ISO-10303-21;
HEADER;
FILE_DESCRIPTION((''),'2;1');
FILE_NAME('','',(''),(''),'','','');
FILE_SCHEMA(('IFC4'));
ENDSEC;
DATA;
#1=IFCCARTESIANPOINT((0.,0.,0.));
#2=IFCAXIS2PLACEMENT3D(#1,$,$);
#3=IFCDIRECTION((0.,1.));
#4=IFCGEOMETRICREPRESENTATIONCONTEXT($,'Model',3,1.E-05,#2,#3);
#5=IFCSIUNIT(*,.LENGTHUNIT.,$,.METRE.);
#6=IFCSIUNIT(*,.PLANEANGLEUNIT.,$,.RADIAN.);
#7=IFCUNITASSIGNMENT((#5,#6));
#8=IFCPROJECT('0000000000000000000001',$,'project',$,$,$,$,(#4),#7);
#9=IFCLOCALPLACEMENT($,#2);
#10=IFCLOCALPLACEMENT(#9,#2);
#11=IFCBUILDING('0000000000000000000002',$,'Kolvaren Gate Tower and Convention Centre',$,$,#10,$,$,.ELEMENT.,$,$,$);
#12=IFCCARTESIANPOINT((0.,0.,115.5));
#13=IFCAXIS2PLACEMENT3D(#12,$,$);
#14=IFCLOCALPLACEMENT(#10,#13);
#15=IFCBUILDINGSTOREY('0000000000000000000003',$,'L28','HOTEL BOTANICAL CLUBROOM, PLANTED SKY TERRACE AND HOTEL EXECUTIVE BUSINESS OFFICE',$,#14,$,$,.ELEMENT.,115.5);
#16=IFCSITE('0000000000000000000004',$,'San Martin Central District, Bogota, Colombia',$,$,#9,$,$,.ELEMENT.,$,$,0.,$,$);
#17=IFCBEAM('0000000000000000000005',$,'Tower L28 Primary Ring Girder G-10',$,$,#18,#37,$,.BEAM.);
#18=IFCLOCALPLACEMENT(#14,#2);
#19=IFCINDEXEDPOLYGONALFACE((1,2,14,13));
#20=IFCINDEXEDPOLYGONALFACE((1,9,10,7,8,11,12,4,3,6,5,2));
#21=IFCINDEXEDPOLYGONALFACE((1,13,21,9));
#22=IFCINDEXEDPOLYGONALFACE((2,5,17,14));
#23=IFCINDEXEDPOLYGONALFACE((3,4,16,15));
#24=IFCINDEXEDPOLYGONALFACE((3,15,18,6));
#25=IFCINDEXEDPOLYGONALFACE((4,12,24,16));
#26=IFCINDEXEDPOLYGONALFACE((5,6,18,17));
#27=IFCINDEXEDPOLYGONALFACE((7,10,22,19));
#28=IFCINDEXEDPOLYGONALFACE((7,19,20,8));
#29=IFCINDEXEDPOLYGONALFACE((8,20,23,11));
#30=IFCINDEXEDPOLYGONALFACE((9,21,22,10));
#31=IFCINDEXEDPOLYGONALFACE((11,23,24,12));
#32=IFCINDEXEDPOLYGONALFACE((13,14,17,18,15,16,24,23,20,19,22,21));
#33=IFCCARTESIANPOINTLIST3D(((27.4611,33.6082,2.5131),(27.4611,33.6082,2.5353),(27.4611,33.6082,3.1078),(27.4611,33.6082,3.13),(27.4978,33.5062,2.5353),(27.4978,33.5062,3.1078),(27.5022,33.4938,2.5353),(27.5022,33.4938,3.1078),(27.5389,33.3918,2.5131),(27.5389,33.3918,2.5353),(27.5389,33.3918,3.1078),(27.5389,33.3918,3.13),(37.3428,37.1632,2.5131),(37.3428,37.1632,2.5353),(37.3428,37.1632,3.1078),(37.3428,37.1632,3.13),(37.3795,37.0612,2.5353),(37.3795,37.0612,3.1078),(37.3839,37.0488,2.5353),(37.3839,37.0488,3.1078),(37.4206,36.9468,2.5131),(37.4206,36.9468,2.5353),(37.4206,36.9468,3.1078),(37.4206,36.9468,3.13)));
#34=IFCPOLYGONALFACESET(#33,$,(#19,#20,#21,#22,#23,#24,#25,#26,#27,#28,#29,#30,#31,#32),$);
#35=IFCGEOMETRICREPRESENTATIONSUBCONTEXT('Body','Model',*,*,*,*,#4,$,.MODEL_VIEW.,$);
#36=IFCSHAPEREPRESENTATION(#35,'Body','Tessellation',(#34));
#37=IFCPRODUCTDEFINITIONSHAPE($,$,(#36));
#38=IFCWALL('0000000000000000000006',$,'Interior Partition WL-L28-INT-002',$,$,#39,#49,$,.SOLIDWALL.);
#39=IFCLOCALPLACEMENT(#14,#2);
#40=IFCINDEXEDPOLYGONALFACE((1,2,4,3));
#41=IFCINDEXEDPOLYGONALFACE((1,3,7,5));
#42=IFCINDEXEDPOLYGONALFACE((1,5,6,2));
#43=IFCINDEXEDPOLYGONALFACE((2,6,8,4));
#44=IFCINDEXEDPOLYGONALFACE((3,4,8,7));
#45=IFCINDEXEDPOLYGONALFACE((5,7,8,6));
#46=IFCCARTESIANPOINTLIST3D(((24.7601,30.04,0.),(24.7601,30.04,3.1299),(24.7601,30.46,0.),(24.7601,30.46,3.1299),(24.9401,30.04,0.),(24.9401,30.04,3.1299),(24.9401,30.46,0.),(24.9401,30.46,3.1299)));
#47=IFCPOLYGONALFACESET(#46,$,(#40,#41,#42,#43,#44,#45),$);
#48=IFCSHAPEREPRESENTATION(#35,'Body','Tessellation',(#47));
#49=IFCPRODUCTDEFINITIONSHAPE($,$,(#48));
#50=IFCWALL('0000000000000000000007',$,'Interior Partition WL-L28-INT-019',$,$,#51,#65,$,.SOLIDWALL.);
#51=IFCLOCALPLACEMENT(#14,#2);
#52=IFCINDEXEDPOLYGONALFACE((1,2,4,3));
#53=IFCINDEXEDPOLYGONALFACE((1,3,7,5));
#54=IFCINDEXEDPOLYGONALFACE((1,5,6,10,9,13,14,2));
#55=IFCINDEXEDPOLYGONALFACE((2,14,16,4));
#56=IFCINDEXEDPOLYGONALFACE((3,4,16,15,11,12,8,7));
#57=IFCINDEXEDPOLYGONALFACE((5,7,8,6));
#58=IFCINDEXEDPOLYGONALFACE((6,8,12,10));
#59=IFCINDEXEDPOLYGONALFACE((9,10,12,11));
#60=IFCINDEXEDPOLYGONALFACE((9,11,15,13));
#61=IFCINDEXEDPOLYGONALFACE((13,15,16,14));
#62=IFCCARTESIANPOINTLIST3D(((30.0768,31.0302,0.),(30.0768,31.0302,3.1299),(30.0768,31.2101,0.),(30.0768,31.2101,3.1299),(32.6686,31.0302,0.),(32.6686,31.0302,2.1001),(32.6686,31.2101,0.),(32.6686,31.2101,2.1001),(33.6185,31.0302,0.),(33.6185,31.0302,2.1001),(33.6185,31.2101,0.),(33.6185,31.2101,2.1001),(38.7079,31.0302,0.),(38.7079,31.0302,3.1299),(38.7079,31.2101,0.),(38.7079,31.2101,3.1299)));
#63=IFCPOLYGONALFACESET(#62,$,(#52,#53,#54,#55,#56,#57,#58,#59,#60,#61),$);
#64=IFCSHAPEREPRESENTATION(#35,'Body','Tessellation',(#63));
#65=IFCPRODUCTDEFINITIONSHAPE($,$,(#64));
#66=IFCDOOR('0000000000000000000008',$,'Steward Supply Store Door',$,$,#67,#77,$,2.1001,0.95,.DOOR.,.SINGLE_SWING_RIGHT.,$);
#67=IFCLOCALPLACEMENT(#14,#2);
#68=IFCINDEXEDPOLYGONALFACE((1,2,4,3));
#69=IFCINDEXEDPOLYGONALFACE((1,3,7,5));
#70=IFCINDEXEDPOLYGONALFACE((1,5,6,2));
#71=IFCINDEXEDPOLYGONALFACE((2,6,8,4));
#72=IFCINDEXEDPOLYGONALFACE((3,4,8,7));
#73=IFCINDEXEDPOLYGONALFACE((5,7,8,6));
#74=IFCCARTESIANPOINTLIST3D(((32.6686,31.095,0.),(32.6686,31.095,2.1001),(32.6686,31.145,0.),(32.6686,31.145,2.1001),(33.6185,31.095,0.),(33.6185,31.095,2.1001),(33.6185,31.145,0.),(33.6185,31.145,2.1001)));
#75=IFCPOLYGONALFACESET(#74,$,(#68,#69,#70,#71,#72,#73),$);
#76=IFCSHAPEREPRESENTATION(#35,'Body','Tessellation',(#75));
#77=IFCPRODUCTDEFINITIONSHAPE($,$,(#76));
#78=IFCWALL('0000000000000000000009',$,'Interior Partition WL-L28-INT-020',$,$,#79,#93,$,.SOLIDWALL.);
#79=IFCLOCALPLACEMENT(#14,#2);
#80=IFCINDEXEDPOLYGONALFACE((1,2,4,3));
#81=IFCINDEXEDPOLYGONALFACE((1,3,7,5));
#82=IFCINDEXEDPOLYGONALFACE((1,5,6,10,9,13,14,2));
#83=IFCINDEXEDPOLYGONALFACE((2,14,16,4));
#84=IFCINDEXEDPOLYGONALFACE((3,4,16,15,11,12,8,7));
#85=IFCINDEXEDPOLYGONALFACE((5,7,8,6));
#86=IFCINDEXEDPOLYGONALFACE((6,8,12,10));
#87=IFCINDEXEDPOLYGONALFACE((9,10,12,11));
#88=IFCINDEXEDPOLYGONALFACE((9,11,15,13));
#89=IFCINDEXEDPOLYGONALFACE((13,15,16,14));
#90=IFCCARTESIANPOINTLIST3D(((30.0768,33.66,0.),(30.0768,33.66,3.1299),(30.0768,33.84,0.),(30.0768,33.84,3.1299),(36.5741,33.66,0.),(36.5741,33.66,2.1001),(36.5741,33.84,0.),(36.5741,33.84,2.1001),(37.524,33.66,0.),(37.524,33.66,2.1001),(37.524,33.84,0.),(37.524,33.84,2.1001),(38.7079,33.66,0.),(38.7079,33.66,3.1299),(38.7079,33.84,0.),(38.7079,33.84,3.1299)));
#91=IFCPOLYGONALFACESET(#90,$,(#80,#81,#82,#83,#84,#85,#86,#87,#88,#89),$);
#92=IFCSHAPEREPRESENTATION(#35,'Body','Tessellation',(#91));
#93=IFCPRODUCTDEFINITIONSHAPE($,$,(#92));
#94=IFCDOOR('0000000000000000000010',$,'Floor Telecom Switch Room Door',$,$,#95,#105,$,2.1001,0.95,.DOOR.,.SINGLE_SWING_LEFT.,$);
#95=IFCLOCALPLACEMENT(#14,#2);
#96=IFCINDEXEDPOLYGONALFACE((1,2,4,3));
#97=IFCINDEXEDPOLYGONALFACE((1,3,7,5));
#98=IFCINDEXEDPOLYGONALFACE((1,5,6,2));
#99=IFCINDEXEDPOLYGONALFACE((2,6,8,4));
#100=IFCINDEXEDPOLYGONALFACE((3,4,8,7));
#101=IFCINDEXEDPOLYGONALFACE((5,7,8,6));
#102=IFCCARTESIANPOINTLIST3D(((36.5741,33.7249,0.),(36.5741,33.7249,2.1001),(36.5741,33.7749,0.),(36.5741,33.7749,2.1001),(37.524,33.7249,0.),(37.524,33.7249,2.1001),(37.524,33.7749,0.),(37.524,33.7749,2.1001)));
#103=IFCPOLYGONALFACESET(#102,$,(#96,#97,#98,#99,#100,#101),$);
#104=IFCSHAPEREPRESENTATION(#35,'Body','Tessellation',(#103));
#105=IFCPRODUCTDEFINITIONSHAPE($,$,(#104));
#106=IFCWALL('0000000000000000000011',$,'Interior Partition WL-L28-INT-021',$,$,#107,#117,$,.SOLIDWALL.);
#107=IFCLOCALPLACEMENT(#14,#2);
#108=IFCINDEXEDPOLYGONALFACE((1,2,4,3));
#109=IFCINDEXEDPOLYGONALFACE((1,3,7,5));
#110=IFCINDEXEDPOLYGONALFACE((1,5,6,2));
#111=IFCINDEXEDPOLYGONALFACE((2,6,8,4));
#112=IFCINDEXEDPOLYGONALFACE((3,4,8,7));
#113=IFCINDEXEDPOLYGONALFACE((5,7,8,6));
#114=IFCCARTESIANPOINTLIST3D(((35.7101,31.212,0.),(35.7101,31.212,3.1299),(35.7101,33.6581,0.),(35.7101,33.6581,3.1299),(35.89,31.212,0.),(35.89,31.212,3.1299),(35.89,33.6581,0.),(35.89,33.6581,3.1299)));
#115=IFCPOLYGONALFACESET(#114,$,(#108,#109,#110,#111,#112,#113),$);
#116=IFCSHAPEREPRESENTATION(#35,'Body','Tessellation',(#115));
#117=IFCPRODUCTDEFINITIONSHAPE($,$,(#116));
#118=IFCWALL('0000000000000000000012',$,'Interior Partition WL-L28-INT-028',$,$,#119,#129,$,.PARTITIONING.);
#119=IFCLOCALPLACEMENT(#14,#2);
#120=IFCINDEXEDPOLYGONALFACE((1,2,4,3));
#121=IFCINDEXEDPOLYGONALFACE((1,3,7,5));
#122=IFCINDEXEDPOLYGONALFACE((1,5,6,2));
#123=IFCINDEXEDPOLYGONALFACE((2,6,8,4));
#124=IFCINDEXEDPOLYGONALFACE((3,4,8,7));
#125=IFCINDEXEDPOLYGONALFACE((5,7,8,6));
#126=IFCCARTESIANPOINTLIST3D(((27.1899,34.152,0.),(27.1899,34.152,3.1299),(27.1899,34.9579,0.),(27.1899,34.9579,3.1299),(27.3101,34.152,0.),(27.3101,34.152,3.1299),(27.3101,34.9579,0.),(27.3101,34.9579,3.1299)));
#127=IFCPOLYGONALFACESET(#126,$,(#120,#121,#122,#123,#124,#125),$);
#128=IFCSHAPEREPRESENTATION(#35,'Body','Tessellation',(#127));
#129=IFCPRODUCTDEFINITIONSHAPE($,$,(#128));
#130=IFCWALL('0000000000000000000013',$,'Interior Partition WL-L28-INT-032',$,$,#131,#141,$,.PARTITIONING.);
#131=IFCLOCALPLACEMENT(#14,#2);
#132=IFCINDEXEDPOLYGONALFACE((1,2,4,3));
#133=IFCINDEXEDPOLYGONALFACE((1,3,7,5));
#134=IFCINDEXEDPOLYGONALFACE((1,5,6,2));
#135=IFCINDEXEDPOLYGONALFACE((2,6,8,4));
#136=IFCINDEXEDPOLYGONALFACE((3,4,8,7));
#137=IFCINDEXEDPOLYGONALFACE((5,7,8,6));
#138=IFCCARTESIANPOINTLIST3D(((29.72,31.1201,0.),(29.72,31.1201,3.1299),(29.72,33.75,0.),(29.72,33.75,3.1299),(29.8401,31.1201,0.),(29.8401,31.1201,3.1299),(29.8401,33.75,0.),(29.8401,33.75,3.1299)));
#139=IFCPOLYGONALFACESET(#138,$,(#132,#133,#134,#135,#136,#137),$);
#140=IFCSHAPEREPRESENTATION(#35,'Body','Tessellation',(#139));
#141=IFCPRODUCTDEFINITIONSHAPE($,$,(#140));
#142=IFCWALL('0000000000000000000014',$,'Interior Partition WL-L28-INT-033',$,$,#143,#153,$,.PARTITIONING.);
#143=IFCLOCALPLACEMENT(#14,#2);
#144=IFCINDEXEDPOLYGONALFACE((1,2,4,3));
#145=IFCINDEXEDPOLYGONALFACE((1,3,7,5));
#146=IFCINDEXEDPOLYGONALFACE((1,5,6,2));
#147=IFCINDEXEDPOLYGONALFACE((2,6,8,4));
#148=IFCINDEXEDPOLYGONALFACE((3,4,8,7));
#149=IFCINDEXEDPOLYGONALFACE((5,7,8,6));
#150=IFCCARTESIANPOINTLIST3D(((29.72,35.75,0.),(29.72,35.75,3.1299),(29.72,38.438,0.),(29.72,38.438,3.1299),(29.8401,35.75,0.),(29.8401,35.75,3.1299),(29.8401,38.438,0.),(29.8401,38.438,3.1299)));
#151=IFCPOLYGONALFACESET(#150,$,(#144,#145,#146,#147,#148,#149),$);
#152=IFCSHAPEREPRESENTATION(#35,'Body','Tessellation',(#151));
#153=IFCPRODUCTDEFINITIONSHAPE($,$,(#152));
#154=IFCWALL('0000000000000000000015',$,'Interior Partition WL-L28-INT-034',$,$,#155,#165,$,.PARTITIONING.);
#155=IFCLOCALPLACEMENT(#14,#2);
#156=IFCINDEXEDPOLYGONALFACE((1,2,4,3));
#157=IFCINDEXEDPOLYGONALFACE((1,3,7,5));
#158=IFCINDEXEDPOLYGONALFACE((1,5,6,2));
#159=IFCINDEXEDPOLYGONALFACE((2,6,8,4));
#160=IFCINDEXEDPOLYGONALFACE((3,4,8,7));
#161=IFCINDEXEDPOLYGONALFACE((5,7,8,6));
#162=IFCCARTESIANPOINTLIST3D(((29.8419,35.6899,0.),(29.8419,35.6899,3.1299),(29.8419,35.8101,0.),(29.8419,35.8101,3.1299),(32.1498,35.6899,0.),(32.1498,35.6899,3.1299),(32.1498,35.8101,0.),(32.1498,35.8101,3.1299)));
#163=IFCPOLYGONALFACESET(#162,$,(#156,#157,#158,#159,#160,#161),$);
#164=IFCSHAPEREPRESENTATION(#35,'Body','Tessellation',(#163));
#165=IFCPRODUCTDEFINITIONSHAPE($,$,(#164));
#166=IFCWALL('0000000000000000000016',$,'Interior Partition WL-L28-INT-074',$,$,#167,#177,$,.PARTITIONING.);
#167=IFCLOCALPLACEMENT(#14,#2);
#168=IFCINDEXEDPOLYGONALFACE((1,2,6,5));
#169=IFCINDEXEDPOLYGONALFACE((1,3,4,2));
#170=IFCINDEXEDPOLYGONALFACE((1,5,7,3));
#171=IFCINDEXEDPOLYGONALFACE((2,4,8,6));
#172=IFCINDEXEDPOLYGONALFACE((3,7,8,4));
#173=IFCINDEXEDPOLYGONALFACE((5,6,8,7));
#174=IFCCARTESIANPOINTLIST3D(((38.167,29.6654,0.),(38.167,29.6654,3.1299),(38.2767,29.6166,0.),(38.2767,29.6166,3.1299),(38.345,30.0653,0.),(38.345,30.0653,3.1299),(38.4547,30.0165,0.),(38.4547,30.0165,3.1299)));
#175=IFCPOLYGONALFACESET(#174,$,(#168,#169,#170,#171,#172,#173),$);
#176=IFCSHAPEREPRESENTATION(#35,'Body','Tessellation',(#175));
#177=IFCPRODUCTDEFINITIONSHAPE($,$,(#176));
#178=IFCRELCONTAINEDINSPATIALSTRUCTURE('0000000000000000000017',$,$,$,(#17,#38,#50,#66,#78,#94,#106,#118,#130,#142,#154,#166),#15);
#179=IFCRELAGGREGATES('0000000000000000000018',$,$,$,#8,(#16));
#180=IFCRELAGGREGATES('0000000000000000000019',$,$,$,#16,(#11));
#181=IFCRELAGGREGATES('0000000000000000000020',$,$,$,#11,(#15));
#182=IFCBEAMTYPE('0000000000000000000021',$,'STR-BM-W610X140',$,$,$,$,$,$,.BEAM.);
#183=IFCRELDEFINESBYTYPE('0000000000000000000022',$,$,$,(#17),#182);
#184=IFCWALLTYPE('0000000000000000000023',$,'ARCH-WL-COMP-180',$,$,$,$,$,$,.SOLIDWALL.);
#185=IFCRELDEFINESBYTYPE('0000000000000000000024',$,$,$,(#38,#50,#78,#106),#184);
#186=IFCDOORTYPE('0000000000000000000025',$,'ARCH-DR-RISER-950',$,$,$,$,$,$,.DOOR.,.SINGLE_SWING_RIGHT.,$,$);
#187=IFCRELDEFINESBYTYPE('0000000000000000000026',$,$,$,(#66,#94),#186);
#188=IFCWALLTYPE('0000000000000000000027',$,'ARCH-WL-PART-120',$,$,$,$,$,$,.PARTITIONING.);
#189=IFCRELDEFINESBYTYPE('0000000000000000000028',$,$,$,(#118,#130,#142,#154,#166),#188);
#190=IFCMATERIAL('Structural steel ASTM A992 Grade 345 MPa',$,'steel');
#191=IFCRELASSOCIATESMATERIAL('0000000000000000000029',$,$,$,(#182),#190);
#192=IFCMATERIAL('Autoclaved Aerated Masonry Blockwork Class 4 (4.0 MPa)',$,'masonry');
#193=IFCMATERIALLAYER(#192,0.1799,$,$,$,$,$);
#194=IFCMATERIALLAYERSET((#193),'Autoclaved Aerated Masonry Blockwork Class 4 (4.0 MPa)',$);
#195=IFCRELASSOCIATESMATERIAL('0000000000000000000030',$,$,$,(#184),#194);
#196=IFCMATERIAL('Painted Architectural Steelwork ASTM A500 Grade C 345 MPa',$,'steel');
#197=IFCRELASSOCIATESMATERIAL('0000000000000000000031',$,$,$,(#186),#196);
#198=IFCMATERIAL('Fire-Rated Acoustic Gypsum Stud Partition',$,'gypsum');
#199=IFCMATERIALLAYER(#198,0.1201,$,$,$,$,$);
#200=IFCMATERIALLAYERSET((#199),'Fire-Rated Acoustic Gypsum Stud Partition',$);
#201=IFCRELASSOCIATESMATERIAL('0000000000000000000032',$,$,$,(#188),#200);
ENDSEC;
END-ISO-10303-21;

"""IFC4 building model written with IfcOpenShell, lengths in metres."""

from ifc_helpers import new_model, si_unit, direction, frame, frame_2d, origin, origin_2d, place, context, subcontext, project, spatial, rectangle, i_section, extrude, material, layer, layer_set, material_profile, profile_set, type_object, element, fill, save


model = new_model("IFC4")

# Units and contexts
model_context = context("Model", 3, precision=1e-05, world=origin(), true_north=direction((0.0, 1.0)))
body_context = subcontext(model_context, "Body", "Model", "MODEL_VIEW")
ifc_project = project(units=[si_unit("LENGTHUNIT", "METRE"), si_unit("PLANEANGLEUNIT", "RADIAN")], contexts=[model_context])

# Site, building, storey
site_placement = place(None, origin())
site = spatial("IfcSite", under=ifc_project, at=site_placement, Name="San Martin Central District, Bogota, Colombia", CompositionType="ELEMENT", RefElevation=0.0)
building_placement = place(site_placement, origin())
building = spatial("IfcBuilding", under=site, at=building_placement, Name="Kolvaren Gate Tower and Convention Centre", CompositionType="ELEMENT")
storey_placement = place(building_placement, frame((0.0, 0.0, 115.5)))
storey = spatial("IfcBuildingStorey", under=building, at=storey_placement, Name="L28", Description="HOTEL BOTANICAL CLUBROOM, PLANTED SKY TERRACE AND HOTEL EXECUTIVE BUSINESS OFFICE", CompositionType="ELEMENT", Elevation=115.5)

# Beam
ifc_material_1 = material(Name="Structural steel ASTM A992 Grade 345 MPa", Category="steel")
ifc_material_profile = material_profile(ifc_material_1, i_section(OverallWidth=0.23, OverallDepth=0.6169, WebThickness=0.0132, FlangeThickness=0.0222, at=origin_2d()), Name="W610X140")
ifc_profile_set = profile_set([ifc_material_profile], Name="Structural steel ASTM A992 Grade 345 MPa")
beam_type = type_object("IfcBeamType", Name="STR-BM-W610X140", PredefinedType="BEAM", material=ifc_profile_set)
beam_placement = place(storey_placement, frame((27.5, 33.5, 2.8215), z_axis=(0.940961, 0.338514, 0.0), x_axis=(-0.338514, 0.940961, 0.0)))
element("IfcBeam", 1, at=beam_placement, inside=storey, type_object=beam_type, Name="Tower L28 Primary Ring Girder G-10", PredefinedType="BEAM", context=body_context, shape_type="SweptSolid", body=[
    extrude(i_section(OverallWidth=0.23, OverallDepth=0.6169, WebThickness=0.0132, FlangeThickness=0.0222, at=origin_2d()), origin(), (0.0, 0.0, 1.0), 10.5017),
])

# Wall
ifc_material_2 = material(Name="Autoclaved Aerated Masonry Blockwork Class 4 (4.0 MPa)", Category="masonry")
ifc_layer_1 = layer(ifc_material_2, 0.1799)
ifc_layer_set_1 = layer_set([ifc_layer_1], Name="Autoclaved Aerated Masonry Blockwork Class 4 (4.0 MPa)")
wall_type_1 = type_object("IfcWallType", Name="ARCH-WL-COMP-180", PredefinedType="SOLIDWALL", material=ifc_layer_set_1)
wall_1_placement = place(storey_placement, frame((24.8501, 30.04, 0.0), z_axis=(0.0, 0.0, 1.0), x_axis=(0.0, 1.0, 0.0)))
element("IfcWall", 2, at=wall_1_placement, inside=storey, type_object=wall_type_1, Name="Interior Partition WL-L28-INT-002", PredefinedType="SOLIDWALL", context=body_context, shape_type="SweptSolid", body=[
    extrude(rectangle(XDim=0.4199, YDim=0.1799, at=frame_2d((0.21, 0.0))), origin(), (0.0, 0.0, 1.0), 3.1299),
])

# Walls, openings, doors
wall_2_placement = place(storey_placement, frame((30.0769, 31.1201, 0.0), z_axis=(0.0, 0.0, 1.0), x_axis=(1.0, 0.0, 0.0)))
wall_2 = element("IfcWall", 3, at=wall_2_placement, inside=storey, type_object=wall_type_1, Name="Interior Partition WL-L28-INT-019", PredefinedType="SOLIDWALL", context=body_context, shape_type="SweptSolid", body=[
    extrude(rectangle(XDim=8.6311, YDim=0.1799, at=frame_2d((4.3154, 0.0))), origin(), (0.0, 0.0, 1.0), 3.1299),
])
opening_1_placement = place(wall_2_placement, frame((2.5916, 0.0, 0.0)))
opening_1 = element("IfcOpeningElement", 4, at=opening_1_placement, cuts=wall_2, PredefinedType="OPENING", context=body_context, shape_type="SweptSolid", body=[
    extrude(rectangle(XDim=0.95, YDim=2.1001, at=frame_2d((0.4751, 1.05))), frame((0.0, 0.0999, 0.0), z_axis=(0.0, -1.0, 0.0), x_axis=(1.0, 0.0, 0.0)), (0.0, 0.0, 1.0), 0.2),
])
ifc_material_3 = material(Name="Painted Architectural Steelwork ASTM A500 Grade C 345 MPa", Category="steel")
door_type_1 = type_object("IfcDoorType", Name="ARCH-DR-RISER-950", OperationType="SINGLE_SWING_RIGHT", PredefinedType="DOOR", material=ifc_material_3)
door_1_placement = place(opening_1_placement, origin())
door_1 = element("IfcDoor", 5, at=door_1_placement, inside=storey, type_object=door_type_1, Name="Steward Supply Store Door", OperationType="SINGLE_SWING_RIGHT", OverallHeight=2.1001, OverallWidth=0.95, PredefinedType="DOOR", context=body_context, shape_type="SweptSolid", body=[
    extrude(rectangle(XDim=0.95, YDim=2.1001, at=frame_2d((0.4751, 1.05))), frame((0.0, 0.0249, 0.0), z_axis=(0.0, -1.0, 0.0), x_axis=(1.0, 0.0, 0.0)), (0.0, 0.0, 1.0), 0.05),
])
fill(opening_1, door_1)
wall_3_placement = place(storey_placement, frame((30.0769, 33.75, 0.0), z_axis=(0.0, 0.0, 1.0), x_axis=(1.0, 0.0, 0.0)))
wall_3 = element("IfcWall", 6, at=wall_3_placement, inside=storey, type_object=wall_type_1, Name="Interior Partition WL-L28-INT-020", PredefinedType="SOLIDWALL", context=body_context, shape_type="SweptSolid", body=[
    extrude(rectangle(XDim=8.6311, YDim=0.1799, at=frame_2d((4.3154, 0.0))), origin(), (0.0, 0.0, 1.0), 3.1299),
])
opening_2_placement = place(wall_3_placement, frame((6.4971, 0.0, 0.0)))
opening_2 = element("IfcOpeningElement", 7, at=opening_2_placement, cuts=wall_3, PredefinedType="OPENING", context=body_context, shape_type="SweptSolid", body=[
    extrude(rectangle(XDim=0.95, YDim=2.1001, at=frame_2d((0.4751, 1.05))), frame((0.0, 0.0999, 0.0), z_axis=(0.0, -1.0, 0.0), x_axis=(1.0, 0.0, 0.0)), (0.0, 0.0, 1.0), 0.2),
])
door_2_placement = place(opening_2_placement, origin())
door_2 = element("IfcDoor", 8, at=door_2_placement, inside=storey, type_object=door_type_1, Name="Floor Telecom Switch Room Door", OperationType="SINGLE_SWING_LEFT", OverallHeight=2.1001, OverallWidth=0.95, PredefinedType="DOOR", context=body_context, shape_type="SweptSolid", body=[
    extrude(rectangle(XDim=0.95, YDim=2.1001, at=frame_2d((0.4751, 1.05))), frame((0.0, 0.0249, 0.0), z_axis=(0.0, -1.0, 0.0), x_axis=(1.0, 0.0, 0.0)), (0.0, 0.0, 1.0), 0.05),
])
fill(opening_2, door_2)

# Walls
wall_4_placement = place(storey_placement, frame((35.8, 31.2119, 0.0), z_axis=(0.0, 0.0, 1.0), x_axis=(0.0, 1.0, 0.0)))
element("IfcWall", 9, at=wall_4_placement, inside=storey, type_object=wall_type_1, Name="Interior Partition WL-L28-INT-021", PredefinedType="SOLIDWALL", context=body_context, shape_type="SweptSolid", body=[
    extrude(rectangle(XDim=2.446, YDim=0.1799, at=frame_2d((1.2231, 0.0))), origin(), (0.0, 0.0, 1.0), 3.1299),
])
ifc_material_4 = material(Name="Fire-Rated Acoustic Gypsum Stud Partition", Category="gypsum")
ifc_layer_2 = layer(ifc_material_4, 0.1201)
ifc_layer_set_2 = layer_set([ifc_layer_2], Name="Fire-Rated Acoustic Gypsum Stud Partition")
wall_type_2 = type_object("IfcWallType", Name="ARCH-WL-PART-120", PredefinedType="PARTITIONING", material=ifc_layer_set_2)
wall_5_placement = place(storey_placement, frame((27.25, 34.1521, 0.0), z_axis=(0.0, 0.0, 1.0), x_axis=(0.0, 1.0, 0.0)))
element("IfcWall", 10, at=wall_5_placement, inside=storey, type_object=wall_type_2, Name="Interior Partition WL-L28-INT-028", PredefinedType="PARTITIONING", context=body_context, shape_type="SweptSolid", body=[
    extrude(rectangle(XDim=0.8059, YDim=0.1201, at=frame_2d((0.4028, 0.0))), origin(), (0.0, 0.0, 1.0), 3.1299),
])
wall_6_placement = place(storey_placement, frame((29.78, 31.1201, 0.0), z_axis=(0.0, 0.0, 1.0), x_axis=(0.0, 1.0, 0.0)))
element("IfcWall", 11, at=wall_6_placement, inside=storey, type_object=wall_type_2, Name="Interior Partition WL-L28-INT-032", PredefinedType="PARTITIONING", context=body_context, shape_type="SweptSolid", body=[
    extrude(rectangle(XDim=2.6299, YDim=0.1201, at=frame_2d((1.3149, 0.0))), origin(), (0.0, 0.0, 1.0), 3.1299),
])
wall_7_placement = place(storey_placement, frame((29.78, 35.75, 0.0), z_axis=(0.0, 0.0, 1.0), x_axis=(0.0, 1.0, 0.0)))
element("IfcWall", 12, at=wall_7_placement, inside=storey, type_object=wall_type_2, Name="Interior Partition WL-L28-INT-033", PredefinedType="PARTITIONING", context=body_context, shape_type="SweptSolid", body=[
    extrude(rectangle(XDim=2.688, YDim=0.1201, at=frame_2d((1.344, 0.0))), origin(), (0.0, 0.0, 1.0), 3.1299),
])
wall_8_placement = place(storey_placement, frame((29.842, 35.75, 0.0), z_axis=(0.0, 0.0, 1.0), x_axis=(1.0, 0.0, 0.0)))
element("IfcWall", 13, at=wall_8_placement, inside=storey, type_object=wall_type_2, Name="Interior Partition WL-L28-INT-034", PredefinedType="PARTITIONING", context=body_context, shape_type="SweptSolid", body=[
    extrude(rectangle(XDim=2.3079, YDim=0.1201, at=frame_2d((1.1538, 0.0))), origin(), (0.0, 0.0, 1.0), 3.1299),
])
wall_9_placement = place(storey_placement, frame((38.2219, 29.6411, 0.0), z_axis=(0.0, 0.0, 1.0), x_axis=(0.406604, 0.913604, 0.0)))
element("IfcWall", 14, at=wall_9_placement, inside=storey, type_object=wall_type_2, Name="Interior Partition WL-L28-INT-074", PredefinedType="PARTITIONING", context=body_context, shape_type="SweptSolid", body=[
    extrude(rectangle(XDim=0.4377, YDim=0.1201, at=frame_2d((0.2188, 0.0))), origin(), (0.0, 0.0, 1.0), 3.1299),
])

save(model, "model.ifc")
